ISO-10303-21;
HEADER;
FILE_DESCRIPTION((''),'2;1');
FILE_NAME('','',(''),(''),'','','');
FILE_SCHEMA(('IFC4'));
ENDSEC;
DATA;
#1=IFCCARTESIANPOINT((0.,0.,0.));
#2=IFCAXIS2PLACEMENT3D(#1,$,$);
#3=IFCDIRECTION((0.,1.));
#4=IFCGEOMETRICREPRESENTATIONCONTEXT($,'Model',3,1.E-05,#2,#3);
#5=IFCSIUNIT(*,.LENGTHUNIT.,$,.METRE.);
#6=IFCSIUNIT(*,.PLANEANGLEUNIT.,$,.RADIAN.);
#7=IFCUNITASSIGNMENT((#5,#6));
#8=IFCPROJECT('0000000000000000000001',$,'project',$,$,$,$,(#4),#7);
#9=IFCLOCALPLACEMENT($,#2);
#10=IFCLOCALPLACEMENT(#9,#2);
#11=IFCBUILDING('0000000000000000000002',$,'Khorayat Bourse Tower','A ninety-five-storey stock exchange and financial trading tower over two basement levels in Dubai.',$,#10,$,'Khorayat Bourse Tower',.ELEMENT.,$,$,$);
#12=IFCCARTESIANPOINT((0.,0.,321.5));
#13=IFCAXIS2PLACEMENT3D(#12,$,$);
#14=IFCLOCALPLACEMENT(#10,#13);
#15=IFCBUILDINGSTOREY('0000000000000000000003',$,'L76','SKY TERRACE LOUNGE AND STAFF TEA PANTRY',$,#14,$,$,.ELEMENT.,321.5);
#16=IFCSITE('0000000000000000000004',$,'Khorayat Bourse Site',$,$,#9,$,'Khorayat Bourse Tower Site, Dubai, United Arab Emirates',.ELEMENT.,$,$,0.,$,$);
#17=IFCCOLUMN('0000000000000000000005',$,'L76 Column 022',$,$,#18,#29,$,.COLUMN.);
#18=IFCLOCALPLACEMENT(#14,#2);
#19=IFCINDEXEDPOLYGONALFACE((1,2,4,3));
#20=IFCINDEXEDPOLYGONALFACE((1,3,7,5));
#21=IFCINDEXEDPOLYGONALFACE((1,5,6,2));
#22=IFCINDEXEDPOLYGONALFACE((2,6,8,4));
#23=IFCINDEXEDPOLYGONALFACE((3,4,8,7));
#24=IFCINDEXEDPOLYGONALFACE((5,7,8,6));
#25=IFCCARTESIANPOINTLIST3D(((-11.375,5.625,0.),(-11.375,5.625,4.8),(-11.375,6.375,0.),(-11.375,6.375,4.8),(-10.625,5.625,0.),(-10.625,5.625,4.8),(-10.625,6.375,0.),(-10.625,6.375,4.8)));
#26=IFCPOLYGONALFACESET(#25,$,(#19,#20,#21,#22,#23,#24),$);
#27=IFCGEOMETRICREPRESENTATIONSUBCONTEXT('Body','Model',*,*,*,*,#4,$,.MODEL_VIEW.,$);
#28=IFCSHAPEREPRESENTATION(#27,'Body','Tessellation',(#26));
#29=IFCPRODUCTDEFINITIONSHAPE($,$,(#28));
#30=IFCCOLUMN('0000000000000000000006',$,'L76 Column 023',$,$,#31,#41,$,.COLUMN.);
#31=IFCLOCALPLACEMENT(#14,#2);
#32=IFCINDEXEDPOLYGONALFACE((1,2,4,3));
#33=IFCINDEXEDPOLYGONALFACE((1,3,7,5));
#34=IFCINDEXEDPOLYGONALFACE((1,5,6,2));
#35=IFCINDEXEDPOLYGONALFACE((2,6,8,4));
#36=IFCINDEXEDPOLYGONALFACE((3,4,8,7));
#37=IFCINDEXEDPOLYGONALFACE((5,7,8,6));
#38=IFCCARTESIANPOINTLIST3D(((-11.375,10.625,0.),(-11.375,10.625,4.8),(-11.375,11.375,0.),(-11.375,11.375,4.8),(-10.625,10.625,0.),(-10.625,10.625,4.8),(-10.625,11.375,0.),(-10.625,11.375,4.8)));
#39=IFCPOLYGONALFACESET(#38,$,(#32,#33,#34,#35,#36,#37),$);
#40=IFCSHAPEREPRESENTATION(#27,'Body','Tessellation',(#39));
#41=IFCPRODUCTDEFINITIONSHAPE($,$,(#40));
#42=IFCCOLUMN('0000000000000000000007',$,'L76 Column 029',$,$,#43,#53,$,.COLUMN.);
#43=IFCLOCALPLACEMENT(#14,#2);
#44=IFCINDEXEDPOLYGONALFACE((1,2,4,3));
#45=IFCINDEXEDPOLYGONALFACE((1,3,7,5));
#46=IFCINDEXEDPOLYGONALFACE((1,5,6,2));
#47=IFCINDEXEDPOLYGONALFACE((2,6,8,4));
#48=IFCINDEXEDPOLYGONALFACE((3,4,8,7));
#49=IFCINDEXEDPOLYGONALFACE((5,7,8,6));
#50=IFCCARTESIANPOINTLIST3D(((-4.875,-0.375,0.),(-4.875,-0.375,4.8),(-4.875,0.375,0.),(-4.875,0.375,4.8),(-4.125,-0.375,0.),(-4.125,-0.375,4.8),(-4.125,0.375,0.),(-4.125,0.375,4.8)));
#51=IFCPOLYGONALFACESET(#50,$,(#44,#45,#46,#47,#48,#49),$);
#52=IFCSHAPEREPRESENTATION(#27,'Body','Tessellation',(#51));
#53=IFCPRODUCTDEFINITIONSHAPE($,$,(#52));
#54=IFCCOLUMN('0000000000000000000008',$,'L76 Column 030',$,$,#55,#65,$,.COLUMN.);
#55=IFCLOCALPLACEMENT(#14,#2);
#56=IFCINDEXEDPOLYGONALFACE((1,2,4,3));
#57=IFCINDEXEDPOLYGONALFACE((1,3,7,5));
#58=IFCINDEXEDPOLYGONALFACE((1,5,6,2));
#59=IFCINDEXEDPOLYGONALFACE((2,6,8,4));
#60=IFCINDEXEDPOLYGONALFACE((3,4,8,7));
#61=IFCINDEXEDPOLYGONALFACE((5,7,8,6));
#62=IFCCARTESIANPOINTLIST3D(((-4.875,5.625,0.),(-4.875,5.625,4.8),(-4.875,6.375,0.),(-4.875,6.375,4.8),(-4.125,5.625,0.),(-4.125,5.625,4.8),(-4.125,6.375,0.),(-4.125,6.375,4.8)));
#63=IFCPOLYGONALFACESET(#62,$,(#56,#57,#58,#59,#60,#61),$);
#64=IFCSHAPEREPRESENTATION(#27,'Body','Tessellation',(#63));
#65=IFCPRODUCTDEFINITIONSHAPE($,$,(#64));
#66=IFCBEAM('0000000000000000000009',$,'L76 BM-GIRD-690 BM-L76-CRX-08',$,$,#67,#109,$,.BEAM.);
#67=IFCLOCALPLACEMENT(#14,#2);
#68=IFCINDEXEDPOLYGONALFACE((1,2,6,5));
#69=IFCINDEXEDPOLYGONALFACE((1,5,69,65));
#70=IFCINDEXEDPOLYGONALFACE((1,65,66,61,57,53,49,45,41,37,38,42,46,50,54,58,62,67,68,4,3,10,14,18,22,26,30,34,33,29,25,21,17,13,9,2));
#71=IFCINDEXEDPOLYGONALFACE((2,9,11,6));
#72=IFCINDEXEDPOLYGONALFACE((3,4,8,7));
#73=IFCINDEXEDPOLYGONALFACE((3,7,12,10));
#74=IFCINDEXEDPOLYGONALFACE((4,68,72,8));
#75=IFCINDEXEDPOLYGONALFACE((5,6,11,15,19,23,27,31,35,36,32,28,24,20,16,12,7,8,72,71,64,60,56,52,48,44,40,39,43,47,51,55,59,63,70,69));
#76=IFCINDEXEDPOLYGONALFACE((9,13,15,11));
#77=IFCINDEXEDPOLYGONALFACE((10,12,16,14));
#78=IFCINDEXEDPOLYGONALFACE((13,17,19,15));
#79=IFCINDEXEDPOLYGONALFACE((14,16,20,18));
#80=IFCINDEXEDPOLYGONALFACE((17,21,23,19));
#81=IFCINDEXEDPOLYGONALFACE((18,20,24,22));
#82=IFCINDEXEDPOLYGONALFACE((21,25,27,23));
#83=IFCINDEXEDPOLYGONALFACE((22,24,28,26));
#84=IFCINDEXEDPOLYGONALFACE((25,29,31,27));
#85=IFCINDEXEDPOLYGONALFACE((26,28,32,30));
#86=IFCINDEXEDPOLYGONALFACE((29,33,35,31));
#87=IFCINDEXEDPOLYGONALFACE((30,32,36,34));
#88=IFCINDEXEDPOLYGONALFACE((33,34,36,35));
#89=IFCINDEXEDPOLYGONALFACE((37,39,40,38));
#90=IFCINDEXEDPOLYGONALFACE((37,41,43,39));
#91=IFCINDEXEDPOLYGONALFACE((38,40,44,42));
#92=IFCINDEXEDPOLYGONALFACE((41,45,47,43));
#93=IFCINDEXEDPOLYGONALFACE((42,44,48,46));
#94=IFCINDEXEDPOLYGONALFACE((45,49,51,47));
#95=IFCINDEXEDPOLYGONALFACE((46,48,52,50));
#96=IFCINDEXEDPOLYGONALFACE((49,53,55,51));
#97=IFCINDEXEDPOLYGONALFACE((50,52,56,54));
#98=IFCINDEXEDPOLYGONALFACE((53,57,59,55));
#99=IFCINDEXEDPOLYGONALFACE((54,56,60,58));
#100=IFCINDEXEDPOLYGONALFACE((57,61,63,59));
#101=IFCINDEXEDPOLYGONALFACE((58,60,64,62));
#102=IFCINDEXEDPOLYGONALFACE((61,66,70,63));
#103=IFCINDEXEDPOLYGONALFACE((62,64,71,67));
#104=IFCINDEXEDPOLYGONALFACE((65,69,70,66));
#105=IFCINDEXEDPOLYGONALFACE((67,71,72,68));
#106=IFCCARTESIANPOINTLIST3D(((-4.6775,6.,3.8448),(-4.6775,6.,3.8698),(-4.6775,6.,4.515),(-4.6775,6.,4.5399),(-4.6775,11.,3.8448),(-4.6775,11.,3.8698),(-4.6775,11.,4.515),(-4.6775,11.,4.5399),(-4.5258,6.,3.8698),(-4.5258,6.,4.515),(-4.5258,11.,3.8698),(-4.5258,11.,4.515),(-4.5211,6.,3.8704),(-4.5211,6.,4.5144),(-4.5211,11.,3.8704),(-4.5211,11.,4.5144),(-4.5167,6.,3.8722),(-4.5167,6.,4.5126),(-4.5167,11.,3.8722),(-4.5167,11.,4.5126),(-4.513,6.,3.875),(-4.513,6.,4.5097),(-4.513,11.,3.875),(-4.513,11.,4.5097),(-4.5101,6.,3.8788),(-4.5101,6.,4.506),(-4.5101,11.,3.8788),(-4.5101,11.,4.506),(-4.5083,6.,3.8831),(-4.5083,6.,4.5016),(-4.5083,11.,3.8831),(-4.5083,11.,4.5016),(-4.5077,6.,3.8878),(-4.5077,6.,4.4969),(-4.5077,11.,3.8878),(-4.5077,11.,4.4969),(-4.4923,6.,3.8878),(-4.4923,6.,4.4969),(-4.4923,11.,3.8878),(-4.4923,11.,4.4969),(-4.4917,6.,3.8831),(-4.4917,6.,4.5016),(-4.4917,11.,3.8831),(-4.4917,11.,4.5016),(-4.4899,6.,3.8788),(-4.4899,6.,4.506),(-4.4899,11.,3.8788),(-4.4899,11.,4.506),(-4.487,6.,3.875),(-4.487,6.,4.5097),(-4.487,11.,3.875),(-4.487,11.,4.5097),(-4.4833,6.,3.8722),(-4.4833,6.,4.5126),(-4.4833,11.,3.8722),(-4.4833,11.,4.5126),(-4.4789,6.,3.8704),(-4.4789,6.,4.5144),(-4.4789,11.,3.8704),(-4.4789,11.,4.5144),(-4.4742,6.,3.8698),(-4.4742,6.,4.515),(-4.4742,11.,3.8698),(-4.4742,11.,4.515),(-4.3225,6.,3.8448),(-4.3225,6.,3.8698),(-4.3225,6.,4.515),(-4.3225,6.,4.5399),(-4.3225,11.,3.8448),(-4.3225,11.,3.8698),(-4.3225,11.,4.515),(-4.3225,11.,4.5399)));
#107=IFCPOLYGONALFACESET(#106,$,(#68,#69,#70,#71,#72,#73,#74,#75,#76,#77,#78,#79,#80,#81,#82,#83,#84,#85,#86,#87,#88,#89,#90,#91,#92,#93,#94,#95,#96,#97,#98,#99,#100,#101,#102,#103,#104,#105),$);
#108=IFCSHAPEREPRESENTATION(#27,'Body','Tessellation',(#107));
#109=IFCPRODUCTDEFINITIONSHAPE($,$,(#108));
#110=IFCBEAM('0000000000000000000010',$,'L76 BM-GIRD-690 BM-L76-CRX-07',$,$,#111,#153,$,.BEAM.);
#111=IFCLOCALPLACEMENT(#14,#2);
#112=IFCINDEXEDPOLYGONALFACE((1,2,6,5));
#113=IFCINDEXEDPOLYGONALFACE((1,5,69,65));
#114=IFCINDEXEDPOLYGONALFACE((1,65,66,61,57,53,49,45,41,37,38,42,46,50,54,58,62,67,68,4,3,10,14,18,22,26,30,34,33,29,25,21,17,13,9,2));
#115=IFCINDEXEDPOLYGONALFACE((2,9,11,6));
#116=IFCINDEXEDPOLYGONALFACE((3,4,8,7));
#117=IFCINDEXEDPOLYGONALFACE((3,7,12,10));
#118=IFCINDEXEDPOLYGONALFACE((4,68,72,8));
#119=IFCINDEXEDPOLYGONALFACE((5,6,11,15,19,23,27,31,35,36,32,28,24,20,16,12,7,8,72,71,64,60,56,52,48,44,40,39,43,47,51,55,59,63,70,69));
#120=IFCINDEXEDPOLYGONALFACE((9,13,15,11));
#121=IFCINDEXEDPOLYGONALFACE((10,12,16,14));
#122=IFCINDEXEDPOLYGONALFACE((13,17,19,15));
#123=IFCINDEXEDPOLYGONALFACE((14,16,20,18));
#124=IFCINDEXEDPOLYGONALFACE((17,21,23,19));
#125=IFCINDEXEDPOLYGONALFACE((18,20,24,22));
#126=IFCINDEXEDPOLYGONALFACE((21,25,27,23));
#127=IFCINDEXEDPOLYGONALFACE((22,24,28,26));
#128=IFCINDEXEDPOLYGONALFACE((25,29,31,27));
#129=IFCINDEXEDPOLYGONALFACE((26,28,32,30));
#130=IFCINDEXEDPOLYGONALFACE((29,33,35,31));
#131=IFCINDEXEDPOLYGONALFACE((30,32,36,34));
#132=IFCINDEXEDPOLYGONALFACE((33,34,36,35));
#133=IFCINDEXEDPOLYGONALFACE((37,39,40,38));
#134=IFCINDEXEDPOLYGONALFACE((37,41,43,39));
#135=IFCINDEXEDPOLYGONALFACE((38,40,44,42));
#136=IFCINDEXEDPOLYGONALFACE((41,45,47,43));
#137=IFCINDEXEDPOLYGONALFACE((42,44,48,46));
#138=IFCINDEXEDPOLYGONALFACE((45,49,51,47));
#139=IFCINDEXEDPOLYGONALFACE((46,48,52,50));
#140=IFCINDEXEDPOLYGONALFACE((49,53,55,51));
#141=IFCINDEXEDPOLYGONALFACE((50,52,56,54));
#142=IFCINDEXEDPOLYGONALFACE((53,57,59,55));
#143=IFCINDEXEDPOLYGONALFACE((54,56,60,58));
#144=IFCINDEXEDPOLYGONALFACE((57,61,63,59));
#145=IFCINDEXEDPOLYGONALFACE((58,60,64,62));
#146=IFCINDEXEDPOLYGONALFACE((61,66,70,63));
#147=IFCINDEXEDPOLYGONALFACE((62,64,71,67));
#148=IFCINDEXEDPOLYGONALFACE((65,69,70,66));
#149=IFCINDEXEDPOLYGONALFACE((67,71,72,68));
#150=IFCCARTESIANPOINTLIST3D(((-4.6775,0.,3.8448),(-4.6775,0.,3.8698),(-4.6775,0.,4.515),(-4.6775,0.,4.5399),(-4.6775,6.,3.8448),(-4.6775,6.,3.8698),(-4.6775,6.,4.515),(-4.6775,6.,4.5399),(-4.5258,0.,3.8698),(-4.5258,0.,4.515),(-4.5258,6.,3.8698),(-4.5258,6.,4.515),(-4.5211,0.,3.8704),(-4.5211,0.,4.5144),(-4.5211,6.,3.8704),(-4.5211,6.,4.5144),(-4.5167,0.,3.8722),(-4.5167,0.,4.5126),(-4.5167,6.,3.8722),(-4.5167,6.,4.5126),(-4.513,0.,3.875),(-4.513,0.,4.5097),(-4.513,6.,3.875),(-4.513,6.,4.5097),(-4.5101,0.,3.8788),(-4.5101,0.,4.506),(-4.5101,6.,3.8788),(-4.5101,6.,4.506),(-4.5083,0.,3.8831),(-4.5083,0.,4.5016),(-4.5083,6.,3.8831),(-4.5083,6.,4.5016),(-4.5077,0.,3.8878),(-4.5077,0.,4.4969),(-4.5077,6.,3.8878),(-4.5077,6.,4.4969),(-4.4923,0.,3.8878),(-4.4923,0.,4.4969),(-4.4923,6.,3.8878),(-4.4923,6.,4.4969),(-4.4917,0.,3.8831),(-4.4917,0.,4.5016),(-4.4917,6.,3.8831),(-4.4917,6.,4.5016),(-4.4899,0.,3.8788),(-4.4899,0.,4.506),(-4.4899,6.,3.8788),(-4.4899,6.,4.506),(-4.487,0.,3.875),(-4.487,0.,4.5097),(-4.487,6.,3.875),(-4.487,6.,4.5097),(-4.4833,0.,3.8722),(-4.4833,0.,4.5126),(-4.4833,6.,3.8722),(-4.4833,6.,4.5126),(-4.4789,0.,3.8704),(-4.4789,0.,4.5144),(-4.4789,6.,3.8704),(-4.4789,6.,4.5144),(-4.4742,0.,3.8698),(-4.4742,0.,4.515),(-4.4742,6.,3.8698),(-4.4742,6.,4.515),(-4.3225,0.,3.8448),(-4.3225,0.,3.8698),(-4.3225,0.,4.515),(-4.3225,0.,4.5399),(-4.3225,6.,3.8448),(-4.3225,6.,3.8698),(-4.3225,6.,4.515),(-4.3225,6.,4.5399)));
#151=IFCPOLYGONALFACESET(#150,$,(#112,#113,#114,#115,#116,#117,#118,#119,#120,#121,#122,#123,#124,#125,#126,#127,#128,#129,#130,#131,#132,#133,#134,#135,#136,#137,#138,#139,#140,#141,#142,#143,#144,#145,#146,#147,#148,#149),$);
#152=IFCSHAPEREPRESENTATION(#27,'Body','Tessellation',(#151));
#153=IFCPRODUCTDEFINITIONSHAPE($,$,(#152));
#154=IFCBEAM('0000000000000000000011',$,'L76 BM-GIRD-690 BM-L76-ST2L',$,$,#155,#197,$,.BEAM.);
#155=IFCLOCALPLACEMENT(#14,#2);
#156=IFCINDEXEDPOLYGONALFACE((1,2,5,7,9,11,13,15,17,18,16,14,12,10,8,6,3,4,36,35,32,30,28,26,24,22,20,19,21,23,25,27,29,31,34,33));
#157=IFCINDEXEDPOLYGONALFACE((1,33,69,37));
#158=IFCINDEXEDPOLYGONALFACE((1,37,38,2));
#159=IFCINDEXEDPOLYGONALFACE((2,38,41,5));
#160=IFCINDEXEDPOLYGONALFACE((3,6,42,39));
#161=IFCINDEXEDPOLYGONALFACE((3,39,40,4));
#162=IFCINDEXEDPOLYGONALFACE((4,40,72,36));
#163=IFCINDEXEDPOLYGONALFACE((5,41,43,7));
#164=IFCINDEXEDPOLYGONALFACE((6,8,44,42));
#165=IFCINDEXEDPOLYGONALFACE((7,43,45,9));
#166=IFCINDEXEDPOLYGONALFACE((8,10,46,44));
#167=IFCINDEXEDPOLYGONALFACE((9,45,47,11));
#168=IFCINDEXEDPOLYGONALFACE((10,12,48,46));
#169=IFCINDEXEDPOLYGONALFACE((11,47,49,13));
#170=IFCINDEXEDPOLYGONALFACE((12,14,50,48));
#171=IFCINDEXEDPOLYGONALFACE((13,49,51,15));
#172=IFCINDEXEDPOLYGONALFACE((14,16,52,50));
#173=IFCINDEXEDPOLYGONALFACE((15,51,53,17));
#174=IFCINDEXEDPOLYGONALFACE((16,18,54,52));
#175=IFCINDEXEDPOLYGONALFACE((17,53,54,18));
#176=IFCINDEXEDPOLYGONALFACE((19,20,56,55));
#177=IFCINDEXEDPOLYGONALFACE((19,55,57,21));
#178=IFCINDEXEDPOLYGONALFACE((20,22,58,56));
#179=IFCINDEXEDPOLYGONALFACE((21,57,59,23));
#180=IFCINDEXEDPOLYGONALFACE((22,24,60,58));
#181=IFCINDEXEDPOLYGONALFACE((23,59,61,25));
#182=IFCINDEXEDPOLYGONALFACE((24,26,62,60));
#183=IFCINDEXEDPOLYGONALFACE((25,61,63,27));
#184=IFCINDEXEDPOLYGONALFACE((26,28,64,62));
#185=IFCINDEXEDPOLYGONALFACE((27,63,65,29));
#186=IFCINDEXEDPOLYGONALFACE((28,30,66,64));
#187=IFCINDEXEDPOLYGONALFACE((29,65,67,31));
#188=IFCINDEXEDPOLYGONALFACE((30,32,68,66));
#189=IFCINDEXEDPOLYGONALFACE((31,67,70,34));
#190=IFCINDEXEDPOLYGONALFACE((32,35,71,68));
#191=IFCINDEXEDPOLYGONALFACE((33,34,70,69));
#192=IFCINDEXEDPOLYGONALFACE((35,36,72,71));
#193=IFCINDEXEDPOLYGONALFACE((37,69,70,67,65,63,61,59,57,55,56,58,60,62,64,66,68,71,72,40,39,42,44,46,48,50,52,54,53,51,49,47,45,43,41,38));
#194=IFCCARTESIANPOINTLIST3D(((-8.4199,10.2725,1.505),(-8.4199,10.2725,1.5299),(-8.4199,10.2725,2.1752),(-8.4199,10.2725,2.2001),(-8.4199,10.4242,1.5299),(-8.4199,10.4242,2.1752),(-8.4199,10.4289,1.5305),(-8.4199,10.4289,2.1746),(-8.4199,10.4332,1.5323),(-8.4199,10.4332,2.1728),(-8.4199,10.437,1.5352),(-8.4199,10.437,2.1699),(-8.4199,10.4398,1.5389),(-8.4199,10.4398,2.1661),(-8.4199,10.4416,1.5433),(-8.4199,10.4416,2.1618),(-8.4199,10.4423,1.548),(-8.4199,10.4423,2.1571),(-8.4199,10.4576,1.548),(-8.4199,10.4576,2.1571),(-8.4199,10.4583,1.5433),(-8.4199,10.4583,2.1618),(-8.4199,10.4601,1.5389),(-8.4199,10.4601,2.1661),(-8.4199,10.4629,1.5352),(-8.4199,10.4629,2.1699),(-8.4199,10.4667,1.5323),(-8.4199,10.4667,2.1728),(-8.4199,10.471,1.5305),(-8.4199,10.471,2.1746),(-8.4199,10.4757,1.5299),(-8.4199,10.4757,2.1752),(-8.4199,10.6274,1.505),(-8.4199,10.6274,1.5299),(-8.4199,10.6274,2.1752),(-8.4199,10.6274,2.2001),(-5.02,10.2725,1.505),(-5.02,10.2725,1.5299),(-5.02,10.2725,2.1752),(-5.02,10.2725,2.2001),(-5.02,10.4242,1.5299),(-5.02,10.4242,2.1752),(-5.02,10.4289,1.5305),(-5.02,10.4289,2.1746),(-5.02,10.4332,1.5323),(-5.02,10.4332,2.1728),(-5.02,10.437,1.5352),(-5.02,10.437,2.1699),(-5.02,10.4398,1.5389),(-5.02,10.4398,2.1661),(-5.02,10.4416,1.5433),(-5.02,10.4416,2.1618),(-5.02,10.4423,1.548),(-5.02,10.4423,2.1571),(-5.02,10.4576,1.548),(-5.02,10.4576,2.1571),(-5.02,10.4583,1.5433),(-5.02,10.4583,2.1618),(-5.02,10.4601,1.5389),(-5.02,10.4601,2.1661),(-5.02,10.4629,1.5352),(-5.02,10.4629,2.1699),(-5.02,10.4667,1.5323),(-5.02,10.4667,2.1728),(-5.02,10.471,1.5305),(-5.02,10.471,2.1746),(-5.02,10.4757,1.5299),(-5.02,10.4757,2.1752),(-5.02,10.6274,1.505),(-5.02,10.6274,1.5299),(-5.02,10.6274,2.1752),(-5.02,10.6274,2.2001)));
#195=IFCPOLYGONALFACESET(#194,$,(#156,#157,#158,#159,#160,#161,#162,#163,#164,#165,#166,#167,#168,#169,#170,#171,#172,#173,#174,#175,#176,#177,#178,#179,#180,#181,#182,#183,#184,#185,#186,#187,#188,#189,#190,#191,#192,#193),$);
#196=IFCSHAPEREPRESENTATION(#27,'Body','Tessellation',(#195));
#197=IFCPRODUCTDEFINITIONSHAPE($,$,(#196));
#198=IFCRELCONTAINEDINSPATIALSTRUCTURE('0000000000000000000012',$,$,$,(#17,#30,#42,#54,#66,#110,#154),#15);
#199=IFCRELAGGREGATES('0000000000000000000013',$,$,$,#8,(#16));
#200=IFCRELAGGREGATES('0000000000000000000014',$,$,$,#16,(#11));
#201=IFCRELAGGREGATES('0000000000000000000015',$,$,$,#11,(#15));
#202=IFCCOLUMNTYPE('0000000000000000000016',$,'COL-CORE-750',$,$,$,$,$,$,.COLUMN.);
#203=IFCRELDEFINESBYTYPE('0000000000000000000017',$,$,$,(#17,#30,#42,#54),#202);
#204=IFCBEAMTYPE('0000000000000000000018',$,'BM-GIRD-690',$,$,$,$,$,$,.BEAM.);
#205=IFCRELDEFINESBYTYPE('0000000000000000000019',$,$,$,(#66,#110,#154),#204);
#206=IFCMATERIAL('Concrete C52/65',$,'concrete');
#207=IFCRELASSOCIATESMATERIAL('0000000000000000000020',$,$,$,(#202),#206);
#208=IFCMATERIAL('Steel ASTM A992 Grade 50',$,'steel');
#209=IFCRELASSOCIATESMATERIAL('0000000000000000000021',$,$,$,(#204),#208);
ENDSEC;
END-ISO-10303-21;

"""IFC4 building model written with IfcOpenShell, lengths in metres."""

from ifc_helpers import new_model, si_unit, direction, frame, origin, origin_2d, place, context, subcontext, project, spatial, rectangle, i_section, extrude, source, transform, mapped, material, material_profile, profile_set, type_object, element, save


model = new_model("IFC4")

# Units and contexts
model_context = context("Model", 3, precision=1e-05, world=origin(), true_north=direction((0.0, 1.0)))
body_context = subcontext(model_context, "Body", "Model", "MODEL_VIEW")
ifc_project = project(units=[si_unit("LENGTHUNIT", "METRE"), si_unit("PLANEANGLEUNIT", "RADIAN")], contexts=[model_context])

# Site, building, storey
site_placement = place(None, origin())
site = spatial("IfcSite", under=ifc_project, at=site_placement, Name="Khorayat Bourse Site", LongName="Khorayat Bourse Tower Site, Dubai, United Arab Emirates", CompositionType="ELEMENT", RefElevation=0.0)
building_placement = place(site_placement, origin())
building = spatial("IfcBuilding", under=site, at=building_placement, Name="Khorayat Bourse Tower", Description="A ninety-five-storey stock exchange and financial trading tower over two basement levels in Dubai.", LongName="Khorayat Bourse Tower", CompositionType="ELEMENT")
storey_placement = place(building_placement, frame((0.0, 0.0, 321.5)))
storey = spatial("IfcBuildingStorey", under=building, at=storey_placement, Name="L76", Description="SKY TERRACE LOUNGE AND STAFF TEA PANTRY", CompositionType="ELEMENT", Elevation=321.5)

# Columns
ifc_material_1 = material(Name="Concrete C52/65", Category="concrete")
ifc_material_profile_1 = material_profile(ifc_material_1, rectangle(XDim=0.75, YDim=0.75, at=origin_2d()), Name="RC 750x750")
ifc_profile_set_1 = profile_set([ifc_material_profile_1], Name="Concrete C52/65")
column_type = type_object("IfcColumnType", Name="COL-CORE-750", PredefinedType="COLUMN", material=ifc_profile_set_1)
shared_shape_1 = source(origin(), body_context, "Body", "SweptSolid", [
    extrude(rectangle(XDim=0.75, YDim=0.75, at=origin_2d()), origin(), (0.0, 0.0, 1.0), 4.8),
])
for number, where, z_axis, x_axis, name in (
    (1, (-11.0, 6.0, 0.0), (0.0, 0.0, 1.0), (1.0, 0.0, 0.0), "L76 Column 022"),
    (2, (-11.0, 11.0, 0.0), (0.0, 0.0, 1.0), (1.0, 0.0, 0.0), "L76 Column 023"),
    (3, (-4.5, 0.0, 0.0), (0.0, 0.0, 1.0), (1.0, 0.0, 0.0), "L76 Column 029"),
    (4, (-4.5, 6.0, 0.0), (0.0, 0.0, 1.0), (1.0, 0.0, 0.0), "L76 Column 030"),
):
    element("IfcColumn", number, at=place(storey_placement, frame(where, z_axis=z_axis, x_axis=x_axis)), inside=storey, type_object=column_type, Name=name, PredefinedType="COLUMN", context=body_context, shape_type="MappedRepresentation", body=[
        mapped(shared_shape_1, transform((0.0, 0.0, 0.0), scale=1.0)),
    ])

# Beams
ifc_material_2 = material(Name="Steel ASTM A992 Grade 50", Category="steel")
ifc_material_profile_2 = material_profile(ifc_material_2, i_section(OverallWidth=0.355, OverallDepth=0.6951, WebThickness=0.0154, FlangeThickness=0.0249, FilletRadius=0.0181, at=origin_2d()), Name="W690X217")
ifc_profile_set_2 = profile_set([ifc_material_profile_2], Name="Steel ASTM A992 Grade 50")
beam_type_1 = type_object("IfcBeamType", Name="BM-GIRD-690", PredefinedType="BEAM", material=ifc_profile_set_2)
shared_shape_2 = source(origin(), body_context, "Body", "SweptSolid", [
    extrude(i_section(OverallWidth=0.355, OverallDepth=0.6951, WebThickness=0.0154, FlangeThickness=0.0249, FilletRadius=0.0181, at=origin_2d()), origin(), (0.0, 0.0, 1.0), 5.0),
])
beam_1_placement = place(storey_placement, frame((-4.5, 6.0, 4.1924), z_axis=(0.0, 1.0, 0.0), x_axis=(-1.0, 0.0, 0.0)))
element("IfcBeam", 5, at=beam_1_placement, inside=storey, type_object=beam_type_1, Name="L76 BM-GIRD-690 BM-L76-CRX-08", PredefinedType="BEAM", context=body_context, shape_type="MappedRepresentation", body=[
    mapped(shared_shape_2, transform((0.0, 0.0, 0.0), scale=1.0)),
])
shared_shape_3 = source(origin(), body_context, "Body", "SweptSolid", [
    extrude(i_section(OverallWidth=0.355, OverallDepth=0.6951, WebThickness=0.0154, FlangeThickness=0.0249, FilletRadius=0.0181, at=origin_2d()), origin(), (0.0, 0.0, 1.0), 6.0),
])
beam_2_placement = place(storey_placement, frame((-4.5, 0.0, 4.1924), z_axis=(0.0, 1.0, 0.0), x_axis=(-1.0, 0.0, 0.0)))
element("IfcBeam", 6, at=beam_2_placement, inside=storey, type_object=beam_type_1, Name="L76 BM-GIRD-690 BM-L76-CRX-07", PredefinedType="BEAM", context=body_context, shape_type="MappedRepresentation", body=[
    mapped(shared_shape_3, transform((0.0, 0.0, 0.0), scale=1.0)),
])
shared_shape_4 = source(origin(), body_context, "Body", "SweptSolid", [
    extrude(i_section(OverallWidth=0.355, OverallDepth=0.6951, WebThickness=0.0154, FlangeThickness=0.0249, FilletRadius=0.0181, at=origin_2d()), origin(), (0.0, 0.0, 1.0), 3.3999),
])
beam_3_placement = place(storey_placement, frame((-8.4199, 10.45, 1.8525), z_axis=(1.0, 0.0, 0.0), x_axis=(0.0, 1.0, 0.0)))
element("IfcBeam", 7, at=beam_3_placement, inside=storey, type_object=beam_type_1, Name="L76 BM-GIRD-690 BM-L76-ST2L", PredefinedType="BEAM", context=body_context, shape_type="MappedRepresentation", body=[
    mapped(shared_shape_4, transform((0.0, 0.0, 0.0), scale=1.0)),
])

save(model, "model.ifc")
